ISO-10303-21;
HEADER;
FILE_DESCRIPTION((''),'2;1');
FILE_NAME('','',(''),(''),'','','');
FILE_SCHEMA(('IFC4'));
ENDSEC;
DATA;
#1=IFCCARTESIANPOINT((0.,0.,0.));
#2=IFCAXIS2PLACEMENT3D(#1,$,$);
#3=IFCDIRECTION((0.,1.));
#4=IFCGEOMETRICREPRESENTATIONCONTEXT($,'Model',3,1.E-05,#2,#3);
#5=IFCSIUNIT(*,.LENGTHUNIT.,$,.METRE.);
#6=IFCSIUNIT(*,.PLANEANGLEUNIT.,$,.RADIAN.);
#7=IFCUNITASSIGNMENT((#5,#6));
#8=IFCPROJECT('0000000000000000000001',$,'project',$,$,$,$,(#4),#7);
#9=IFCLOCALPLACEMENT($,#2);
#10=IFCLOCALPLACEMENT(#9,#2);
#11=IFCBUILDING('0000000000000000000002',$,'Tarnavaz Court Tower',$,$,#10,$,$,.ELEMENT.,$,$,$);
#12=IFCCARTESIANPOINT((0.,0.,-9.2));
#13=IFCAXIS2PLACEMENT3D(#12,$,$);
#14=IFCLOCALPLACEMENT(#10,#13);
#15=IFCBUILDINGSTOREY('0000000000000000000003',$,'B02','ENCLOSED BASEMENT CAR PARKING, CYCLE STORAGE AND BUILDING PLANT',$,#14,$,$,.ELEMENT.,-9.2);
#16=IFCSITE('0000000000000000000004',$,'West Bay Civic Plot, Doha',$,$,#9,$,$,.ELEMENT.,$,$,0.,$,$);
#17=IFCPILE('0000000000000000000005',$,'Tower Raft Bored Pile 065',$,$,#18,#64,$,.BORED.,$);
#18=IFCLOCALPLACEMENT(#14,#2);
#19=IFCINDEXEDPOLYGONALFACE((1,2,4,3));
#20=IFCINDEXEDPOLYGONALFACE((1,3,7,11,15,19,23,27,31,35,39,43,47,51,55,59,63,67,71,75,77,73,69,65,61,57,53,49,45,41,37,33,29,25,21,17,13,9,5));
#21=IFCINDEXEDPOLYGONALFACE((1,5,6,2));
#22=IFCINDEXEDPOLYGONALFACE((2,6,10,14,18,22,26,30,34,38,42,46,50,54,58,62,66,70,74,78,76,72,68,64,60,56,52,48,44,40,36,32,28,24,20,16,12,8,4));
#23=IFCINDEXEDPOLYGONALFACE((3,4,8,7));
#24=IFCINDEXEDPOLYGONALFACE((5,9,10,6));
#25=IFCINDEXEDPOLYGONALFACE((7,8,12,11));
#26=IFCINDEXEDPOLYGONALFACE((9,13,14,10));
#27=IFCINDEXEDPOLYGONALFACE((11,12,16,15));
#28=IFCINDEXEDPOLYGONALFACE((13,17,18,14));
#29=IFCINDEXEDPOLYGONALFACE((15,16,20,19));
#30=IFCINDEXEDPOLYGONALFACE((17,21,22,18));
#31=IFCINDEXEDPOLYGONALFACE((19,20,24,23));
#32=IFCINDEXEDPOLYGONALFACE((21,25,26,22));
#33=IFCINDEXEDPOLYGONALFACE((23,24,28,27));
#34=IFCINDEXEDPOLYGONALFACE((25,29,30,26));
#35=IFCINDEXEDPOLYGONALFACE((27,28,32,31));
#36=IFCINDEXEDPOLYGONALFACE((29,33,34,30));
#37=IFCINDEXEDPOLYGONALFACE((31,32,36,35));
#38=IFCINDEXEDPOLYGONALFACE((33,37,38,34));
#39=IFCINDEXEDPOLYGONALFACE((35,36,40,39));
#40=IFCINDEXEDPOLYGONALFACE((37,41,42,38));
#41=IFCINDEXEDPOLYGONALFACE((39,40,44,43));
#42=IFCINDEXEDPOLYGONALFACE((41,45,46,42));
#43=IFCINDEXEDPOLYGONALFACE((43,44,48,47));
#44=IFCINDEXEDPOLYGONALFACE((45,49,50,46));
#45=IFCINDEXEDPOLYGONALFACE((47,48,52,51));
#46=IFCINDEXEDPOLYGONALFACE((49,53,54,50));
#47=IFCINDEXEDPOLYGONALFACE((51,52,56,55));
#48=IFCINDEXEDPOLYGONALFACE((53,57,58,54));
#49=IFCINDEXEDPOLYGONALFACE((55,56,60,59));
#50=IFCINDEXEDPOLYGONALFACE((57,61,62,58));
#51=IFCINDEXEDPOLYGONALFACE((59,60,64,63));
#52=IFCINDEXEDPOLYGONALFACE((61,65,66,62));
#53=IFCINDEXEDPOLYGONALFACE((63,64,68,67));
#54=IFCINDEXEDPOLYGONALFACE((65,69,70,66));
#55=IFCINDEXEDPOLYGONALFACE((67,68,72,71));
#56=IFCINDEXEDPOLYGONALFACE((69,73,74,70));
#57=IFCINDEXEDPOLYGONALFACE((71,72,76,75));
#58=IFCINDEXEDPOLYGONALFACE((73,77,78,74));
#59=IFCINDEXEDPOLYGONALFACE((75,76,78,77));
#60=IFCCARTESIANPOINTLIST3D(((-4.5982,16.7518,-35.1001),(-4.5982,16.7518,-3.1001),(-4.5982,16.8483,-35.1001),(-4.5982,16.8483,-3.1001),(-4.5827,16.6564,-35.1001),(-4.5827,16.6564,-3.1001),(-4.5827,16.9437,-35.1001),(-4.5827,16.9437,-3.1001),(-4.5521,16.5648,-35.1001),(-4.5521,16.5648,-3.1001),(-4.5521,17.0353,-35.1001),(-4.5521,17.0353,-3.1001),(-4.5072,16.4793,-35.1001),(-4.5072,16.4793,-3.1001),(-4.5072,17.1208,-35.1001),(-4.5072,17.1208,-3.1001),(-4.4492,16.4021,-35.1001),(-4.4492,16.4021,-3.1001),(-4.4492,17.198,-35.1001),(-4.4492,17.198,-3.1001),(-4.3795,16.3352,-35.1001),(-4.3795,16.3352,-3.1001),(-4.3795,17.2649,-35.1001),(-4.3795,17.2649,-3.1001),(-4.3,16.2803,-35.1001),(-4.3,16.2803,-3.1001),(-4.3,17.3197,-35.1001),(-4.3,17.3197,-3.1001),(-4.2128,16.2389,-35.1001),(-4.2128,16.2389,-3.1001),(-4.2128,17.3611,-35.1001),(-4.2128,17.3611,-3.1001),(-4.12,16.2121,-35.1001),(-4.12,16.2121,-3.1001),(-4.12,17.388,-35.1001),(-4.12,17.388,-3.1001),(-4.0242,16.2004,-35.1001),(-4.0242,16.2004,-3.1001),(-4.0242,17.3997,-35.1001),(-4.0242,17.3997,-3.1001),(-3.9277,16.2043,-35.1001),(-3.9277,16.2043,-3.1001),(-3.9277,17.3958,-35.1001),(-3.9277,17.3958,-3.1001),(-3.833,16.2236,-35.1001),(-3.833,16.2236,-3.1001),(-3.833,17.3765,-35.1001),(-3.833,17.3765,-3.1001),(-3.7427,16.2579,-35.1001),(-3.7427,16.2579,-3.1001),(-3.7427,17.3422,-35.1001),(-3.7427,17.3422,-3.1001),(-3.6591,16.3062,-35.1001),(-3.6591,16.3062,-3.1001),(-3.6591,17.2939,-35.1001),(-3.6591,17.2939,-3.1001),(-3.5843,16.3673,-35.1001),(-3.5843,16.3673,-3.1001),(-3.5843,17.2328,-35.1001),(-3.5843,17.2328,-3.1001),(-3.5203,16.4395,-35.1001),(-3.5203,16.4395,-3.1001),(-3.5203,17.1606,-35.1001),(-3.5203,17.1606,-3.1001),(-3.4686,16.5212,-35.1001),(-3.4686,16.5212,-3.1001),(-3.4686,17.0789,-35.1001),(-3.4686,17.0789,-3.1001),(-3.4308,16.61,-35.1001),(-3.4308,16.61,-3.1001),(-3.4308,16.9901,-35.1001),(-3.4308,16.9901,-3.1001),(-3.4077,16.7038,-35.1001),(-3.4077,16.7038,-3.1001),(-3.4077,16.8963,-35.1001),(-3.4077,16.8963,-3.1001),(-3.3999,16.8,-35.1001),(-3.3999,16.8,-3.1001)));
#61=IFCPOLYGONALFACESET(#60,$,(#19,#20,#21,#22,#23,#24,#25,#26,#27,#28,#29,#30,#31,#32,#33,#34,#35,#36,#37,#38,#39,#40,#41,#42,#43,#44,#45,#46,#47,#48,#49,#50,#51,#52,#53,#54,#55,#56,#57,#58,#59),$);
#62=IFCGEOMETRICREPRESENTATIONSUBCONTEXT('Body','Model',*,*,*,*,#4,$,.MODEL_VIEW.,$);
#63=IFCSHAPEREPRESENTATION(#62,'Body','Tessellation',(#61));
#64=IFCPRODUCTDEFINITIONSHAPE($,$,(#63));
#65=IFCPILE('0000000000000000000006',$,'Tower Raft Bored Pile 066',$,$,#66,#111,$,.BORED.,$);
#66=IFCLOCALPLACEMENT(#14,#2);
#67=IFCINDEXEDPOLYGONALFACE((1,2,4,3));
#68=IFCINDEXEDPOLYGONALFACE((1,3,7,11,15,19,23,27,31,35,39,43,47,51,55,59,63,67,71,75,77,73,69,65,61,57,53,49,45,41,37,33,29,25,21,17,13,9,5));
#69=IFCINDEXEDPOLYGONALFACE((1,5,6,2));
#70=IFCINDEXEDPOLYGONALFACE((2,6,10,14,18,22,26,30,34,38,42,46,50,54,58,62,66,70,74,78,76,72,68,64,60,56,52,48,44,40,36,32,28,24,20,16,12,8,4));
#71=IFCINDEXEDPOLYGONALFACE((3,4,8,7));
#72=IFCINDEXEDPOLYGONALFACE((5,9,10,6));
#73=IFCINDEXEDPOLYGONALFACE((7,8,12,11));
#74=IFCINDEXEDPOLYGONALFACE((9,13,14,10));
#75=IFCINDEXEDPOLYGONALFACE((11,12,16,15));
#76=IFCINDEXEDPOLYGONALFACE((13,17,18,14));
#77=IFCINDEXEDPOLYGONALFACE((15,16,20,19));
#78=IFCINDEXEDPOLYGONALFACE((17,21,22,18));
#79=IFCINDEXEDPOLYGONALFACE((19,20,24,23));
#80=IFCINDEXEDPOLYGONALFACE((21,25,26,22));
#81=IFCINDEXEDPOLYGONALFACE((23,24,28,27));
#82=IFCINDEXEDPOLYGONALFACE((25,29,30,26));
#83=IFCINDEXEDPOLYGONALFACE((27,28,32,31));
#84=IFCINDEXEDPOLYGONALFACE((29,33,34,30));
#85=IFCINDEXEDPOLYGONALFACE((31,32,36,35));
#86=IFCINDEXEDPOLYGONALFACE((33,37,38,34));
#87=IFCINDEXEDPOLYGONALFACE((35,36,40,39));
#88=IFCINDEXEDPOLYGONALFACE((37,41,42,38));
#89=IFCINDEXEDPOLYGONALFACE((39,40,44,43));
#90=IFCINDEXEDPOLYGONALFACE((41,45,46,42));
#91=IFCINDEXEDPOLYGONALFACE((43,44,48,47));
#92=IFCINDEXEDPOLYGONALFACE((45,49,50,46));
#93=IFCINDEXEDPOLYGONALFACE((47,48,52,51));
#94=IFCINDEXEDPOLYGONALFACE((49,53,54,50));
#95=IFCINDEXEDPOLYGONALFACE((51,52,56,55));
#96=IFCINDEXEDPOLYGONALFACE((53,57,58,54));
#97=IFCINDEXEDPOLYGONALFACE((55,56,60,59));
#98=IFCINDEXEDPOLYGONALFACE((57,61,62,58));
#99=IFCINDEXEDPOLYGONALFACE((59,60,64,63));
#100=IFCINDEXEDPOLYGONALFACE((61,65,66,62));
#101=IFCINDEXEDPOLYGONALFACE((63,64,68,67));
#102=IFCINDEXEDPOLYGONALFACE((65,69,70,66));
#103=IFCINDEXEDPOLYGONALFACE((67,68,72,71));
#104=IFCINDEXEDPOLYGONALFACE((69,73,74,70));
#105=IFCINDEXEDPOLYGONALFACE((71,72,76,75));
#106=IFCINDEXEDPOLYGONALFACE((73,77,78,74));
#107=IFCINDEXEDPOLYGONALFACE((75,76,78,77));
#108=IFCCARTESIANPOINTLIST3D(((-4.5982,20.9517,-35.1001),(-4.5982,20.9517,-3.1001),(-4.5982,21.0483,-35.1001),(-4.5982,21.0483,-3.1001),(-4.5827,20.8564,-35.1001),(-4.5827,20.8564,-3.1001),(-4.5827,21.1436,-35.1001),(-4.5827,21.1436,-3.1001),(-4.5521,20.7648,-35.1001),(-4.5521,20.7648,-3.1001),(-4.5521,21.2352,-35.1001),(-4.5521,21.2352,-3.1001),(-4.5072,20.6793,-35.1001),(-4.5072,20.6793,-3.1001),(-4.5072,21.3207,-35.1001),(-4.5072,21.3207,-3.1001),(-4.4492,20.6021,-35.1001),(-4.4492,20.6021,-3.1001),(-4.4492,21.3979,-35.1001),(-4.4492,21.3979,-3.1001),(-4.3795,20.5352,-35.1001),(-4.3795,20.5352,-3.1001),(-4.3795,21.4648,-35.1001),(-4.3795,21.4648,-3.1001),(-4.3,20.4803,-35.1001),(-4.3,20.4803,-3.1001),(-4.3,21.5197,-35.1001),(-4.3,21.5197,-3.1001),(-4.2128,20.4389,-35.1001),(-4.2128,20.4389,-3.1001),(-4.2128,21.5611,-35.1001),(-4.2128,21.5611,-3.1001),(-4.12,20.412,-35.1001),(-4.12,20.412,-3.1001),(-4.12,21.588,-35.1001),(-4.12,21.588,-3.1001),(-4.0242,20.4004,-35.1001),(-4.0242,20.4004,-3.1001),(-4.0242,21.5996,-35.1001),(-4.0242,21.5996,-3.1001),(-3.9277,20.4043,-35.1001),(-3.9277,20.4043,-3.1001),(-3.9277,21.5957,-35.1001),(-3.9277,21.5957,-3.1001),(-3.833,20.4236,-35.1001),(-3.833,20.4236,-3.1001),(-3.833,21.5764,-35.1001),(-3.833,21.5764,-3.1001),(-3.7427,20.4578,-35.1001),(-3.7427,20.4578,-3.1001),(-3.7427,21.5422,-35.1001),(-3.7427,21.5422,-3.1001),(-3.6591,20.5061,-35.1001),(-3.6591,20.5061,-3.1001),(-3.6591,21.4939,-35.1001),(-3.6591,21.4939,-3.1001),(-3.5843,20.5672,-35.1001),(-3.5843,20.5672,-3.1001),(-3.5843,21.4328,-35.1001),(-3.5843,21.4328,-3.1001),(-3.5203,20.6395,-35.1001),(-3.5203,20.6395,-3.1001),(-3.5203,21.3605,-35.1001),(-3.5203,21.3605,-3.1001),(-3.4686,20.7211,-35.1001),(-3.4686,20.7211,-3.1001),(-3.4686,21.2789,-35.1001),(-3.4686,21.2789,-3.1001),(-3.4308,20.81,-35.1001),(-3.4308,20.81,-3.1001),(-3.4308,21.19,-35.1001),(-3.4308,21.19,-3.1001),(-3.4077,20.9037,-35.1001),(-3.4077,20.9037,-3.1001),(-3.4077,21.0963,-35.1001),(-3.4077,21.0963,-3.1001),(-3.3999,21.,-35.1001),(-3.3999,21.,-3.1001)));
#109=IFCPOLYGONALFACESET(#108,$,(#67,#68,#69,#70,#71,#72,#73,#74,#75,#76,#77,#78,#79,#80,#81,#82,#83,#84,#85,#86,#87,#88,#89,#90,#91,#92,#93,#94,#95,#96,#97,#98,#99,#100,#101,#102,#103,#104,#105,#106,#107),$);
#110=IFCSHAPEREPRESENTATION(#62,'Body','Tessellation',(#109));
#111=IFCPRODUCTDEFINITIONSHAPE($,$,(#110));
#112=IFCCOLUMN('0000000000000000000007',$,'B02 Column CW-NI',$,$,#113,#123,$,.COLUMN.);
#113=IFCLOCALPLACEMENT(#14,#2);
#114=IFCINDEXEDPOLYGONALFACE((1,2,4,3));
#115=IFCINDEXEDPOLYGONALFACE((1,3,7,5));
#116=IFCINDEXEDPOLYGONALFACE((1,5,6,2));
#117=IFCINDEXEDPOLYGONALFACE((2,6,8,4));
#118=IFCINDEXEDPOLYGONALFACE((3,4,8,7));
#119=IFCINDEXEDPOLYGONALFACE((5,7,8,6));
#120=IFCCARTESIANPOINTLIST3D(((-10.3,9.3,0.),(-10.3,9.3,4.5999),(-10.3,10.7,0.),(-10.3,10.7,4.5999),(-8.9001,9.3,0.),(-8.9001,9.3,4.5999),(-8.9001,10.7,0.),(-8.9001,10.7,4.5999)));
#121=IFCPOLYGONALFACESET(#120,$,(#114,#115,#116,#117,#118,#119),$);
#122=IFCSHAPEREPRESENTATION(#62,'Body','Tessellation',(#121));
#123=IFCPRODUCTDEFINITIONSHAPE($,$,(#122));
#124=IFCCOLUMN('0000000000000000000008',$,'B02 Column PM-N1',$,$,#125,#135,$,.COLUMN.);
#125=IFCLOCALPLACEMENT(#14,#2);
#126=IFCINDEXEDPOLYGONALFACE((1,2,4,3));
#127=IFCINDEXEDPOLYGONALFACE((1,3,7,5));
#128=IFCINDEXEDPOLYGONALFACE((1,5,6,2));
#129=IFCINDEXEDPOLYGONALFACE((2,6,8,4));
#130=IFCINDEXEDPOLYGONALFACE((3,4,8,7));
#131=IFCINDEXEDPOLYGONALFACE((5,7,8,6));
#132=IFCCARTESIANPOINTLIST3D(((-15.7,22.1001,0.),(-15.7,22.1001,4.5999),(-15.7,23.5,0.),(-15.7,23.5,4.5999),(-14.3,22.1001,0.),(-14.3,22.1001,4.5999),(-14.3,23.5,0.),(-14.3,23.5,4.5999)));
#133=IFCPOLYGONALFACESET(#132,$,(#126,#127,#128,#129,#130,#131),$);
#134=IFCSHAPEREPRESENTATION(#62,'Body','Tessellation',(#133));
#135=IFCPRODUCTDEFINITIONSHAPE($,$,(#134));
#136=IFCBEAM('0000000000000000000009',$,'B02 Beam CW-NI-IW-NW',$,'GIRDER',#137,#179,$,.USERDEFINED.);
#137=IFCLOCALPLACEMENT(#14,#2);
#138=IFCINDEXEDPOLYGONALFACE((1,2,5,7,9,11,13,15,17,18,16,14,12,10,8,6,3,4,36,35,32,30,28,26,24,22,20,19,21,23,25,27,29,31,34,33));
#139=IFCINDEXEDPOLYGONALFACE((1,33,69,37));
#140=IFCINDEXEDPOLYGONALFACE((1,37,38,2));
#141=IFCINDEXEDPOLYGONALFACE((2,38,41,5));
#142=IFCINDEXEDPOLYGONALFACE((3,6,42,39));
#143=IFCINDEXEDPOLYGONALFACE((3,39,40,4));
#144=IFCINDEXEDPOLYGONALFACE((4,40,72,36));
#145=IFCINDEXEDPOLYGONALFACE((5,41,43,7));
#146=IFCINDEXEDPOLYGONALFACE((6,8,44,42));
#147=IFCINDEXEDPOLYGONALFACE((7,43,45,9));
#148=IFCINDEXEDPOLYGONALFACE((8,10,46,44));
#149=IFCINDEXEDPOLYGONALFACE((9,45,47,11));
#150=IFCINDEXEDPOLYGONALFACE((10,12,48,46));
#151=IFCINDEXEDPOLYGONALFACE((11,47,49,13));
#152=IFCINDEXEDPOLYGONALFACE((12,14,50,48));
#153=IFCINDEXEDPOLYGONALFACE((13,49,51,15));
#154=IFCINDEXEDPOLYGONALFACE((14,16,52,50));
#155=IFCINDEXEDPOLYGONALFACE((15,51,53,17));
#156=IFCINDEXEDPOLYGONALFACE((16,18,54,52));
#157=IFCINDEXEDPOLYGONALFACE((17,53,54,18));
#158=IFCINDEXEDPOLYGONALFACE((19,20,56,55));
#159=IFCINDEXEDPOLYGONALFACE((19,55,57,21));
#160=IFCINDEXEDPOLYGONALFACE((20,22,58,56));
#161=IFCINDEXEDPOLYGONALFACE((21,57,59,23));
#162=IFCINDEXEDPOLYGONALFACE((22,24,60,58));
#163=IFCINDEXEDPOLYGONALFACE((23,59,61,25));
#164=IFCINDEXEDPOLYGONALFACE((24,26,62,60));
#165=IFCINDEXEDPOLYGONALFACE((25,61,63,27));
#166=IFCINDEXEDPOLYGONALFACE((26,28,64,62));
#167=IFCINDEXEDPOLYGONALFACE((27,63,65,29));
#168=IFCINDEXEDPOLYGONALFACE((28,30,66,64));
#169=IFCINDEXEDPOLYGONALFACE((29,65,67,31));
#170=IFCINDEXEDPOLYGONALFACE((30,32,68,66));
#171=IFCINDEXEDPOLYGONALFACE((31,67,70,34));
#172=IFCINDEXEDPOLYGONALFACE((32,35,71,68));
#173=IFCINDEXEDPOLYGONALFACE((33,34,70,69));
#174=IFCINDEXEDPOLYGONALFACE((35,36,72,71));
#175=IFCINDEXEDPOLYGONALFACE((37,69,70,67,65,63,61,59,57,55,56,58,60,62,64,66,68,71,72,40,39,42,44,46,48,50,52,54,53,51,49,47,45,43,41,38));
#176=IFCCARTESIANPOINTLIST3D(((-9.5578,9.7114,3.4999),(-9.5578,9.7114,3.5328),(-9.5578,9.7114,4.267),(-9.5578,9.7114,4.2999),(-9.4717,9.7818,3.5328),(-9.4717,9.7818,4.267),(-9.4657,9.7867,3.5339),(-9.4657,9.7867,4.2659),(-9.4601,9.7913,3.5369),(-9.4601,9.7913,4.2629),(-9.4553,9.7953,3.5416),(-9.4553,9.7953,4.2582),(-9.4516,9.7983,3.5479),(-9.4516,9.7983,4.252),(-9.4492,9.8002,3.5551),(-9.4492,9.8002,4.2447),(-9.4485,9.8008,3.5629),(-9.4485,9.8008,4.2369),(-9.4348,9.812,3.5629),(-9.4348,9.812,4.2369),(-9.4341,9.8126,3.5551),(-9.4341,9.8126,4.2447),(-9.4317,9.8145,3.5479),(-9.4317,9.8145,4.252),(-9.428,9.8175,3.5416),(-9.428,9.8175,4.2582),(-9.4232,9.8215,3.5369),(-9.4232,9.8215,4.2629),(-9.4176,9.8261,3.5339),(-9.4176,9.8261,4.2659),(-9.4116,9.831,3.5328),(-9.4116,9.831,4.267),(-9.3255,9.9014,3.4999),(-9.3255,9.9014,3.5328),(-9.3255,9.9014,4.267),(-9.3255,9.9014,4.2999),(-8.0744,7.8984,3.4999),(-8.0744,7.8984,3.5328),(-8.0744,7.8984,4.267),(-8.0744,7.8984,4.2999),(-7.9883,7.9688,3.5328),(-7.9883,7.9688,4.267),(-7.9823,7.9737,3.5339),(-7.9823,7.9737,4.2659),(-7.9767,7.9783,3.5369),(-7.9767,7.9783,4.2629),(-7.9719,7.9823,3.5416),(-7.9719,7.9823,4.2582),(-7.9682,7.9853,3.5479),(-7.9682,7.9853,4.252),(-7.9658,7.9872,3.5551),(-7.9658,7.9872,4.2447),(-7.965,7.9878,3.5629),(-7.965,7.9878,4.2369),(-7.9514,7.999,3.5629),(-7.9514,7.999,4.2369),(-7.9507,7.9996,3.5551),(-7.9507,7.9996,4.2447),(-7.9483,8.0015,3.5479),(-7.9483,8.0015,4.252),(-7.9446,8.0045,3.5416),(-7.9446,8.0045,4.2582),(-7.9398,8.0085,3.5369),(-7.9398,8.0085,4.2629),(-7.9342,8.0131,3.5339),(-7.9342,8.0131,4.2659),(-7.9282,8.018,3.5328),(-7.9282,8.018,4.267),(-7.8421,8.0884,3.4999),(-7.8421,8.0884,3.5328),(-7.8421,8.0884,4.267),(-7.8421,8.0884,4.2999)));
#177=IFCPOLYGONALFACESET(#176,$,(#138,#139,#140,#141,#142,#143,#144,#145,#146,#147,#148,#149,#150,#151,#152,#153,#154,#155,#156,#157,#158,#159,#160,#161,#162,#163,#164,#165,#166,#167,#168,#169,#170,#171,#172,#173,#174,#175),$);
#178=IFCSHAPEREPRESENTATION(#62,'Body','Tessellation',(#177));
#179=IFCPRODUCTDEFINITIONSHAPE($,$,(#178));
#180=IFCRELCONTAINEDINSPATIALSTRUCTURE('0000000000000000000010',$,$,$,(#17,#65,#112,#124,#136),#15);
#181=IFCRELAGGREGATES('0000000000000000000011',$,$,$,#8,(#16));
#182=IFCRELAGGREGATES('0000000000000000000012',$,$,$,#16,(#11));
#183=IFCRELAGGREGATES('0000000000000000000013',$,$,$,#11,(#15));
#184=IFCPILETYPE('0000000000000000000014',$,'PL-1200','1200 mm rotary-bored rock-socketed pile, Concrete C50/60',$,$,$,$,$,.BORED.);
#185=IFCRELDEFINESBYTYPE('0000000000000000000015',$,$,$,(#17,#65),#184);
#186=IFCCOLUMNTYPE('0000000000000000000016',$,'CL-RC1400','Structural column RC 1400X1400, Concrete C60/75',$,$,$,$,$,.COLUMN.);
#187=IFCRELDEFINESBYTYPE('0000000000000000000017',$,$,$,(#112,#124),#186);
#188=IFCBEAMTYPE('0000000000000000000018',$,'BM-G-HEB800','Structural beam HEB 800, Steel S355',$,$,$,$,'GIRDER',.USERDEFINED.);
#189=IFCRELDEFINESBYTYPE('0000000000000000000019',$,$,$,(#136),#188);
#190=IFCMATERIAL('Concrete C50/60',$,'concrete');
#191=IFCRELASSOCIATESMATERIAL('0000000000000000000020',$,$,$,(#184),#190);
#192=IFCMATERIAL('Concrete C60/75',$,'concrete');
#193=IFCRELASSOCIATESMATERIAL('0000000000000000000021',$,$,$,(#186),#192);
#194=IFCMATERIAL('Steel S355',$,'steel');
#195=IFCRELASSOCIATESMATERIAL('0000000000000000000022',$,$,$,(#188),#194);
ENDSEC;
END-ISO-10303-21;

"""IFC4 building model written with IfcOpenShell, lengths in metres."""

from ifc_helpers import new_model, si_unit, direction, frame, origin, origin_2d, place, context, subcontext, project, spatial, rectangle, circle, i_section, extrude, material, material_profile, profile_set, type_object, element, save


model = new_model("IFC4")

# Units and contexts
model_context = context("Model", 3, precision=1e-05, world=origin(), true_north=direction((0.0, 1.0)))
body_context = subcontext(model_context, "Body", "Model", "MODEL_VIEW")
ifc_project = project(units=[si_unit("LENGTHUNIT", "METRE"), si_unit("PLANEANGLEUNIT", "RADIAN")], contexts=[model_context])

# Site, building, storey
site_placement = place(None, origin())
site = spatial("IfcSite", under=ifc_project, at=site_placement, Name="West Bay Civic Plot, Doha", CompositionType="ELEMENT", RefElevation=0.0)
building_placement = place(site_placement, origin())
building = spatial("IfcBuilding", under=site, at=building_placement, Name="Tarnavaz Court Tower", CompositionType="ELEMENT")
storey_placement = place(building_placement, frame((0.0, 0.0, -9.2)))
storey = spatial("IfcBuildingStorey", under=building, at=storey_placement, Name="B02", Description="ENCLOSED BASEMENT CAR PARKING, CYCLE STORAGE AND BUILDING PLANT", CompositionType="ELEMENT", Elevation=-9.2)

# Shared definitions
ifc_material_1 = material(Name="Concrete C50/60", Category="concrete")

# Piles
ifc_material_profile_1 = material_profile(ifc_material_1, circle(Radius=0.6001, at=origin_2d()), Name="PILE D1200")
ifc_profile_set_1 = profile_set([ifc_material_profile_1], Name="Concrete C50/60")
pile_type_1 = type_object("IfcPileType", Name="PL-1200", Description="1200 mm rotary-bored rock-socketed pile, Concrete C50/60", PredefinedType="BORED", material=ifc_profile_set_1)
for number, where, z_axis, x_axis, name in (
    (1, (-4.0, 16.8, -3.1001), (0.0, 0.0, -1.0), (1.0, 0.0, 0.0), "Tower Raft Bored Pile 065"),
    (2, (-4.0, 21.0, -3.1001), (0.0, 0.0, -1.0), (1.0, 0.0, 0.0), "Tower Raft Bored Pile 066"),
):
    element("IfcPile", number, at=place(storey_placement, frame(where, z_axis=z_axis, x_axis=x_axis)), inside=storey, type_object=pile_type_1, Name=name, PredefinedType="BORED", context=body_context, shape_type="SweptSolid", body=[
        extrude(circle(Radius=0.6001, at=origin_2d()), origin(), (0.0, 0.0, 1.0), 32.0),
    ])

# Columns
ifc_material_2 = material(Name="Concrete C60/75", Category="concrete")
ifc_material_profile_2 = material_profile(ifc_material_2, rectangle(XDim=1.3999, YDim=1.3999, at=origin_2d()), Name="RC 1400X1400")
ifc_profile_set_2 = profile_set([ifc_material_profile_2], Name="Concrete C60/75")
column_type = type_object("IfcColumnType", Name="CL-RC1400", Description="Structural column RC 1400X1400, Concrete C60/75", PredefinedType="COLUMN", material=ifc_profile_set_2)
for number, where, z_axis, x_axis, name in (
    (3, (-9.6001, 10.0, 0.0), (0.0, 0.0, 1.0), (1.0, 0.0, 0.0), "B02 Column CW-NI"),
    (4, (-15.0, 22.8, 0.0), (0.0, 0.0, 1.0), (1.0, 0.0, 0.0), "B02 Column PM-N1"),
):
    element("IfcColumn", number, at=place(storey_placement, frame(where, z_axis=z_axis, x_axis=x_axis)), inside=storey, type_object=column_type, Name=name, PredefinedType="COLUMN", context=body_context, shape_type="SweptSolid", body=[
        extrude(rectangle(XDim=1.3999, YDim=1.3999, at=origin_2d()), origin(), (0.0, 0.0, 1.0), 4.5999),
    ])

# Beam
ifc_material_3 = material(Name="Steel S355", Category="steel")
ifc_material_profile_3 = material_profile(ifc_material_3, i_section(OverallWidth=0.3, OverallDepth=0.8, WebThickness=0.0176, FlangeThickness=0.033, FilletRadius=0.03, at=origin_2d()), Name="HEB 800")
ifc_profile_set_3 = profile_set([ifc_material_profile_3], Name="Steel S355")
beam_type_1 = type_object("IfcBeamType", Name="BM-G-HEB800", Description="Structural beam HEB 800, Steel S355", ElementType="GIRDER", PredefinedType="USERDEFINED", material=ifc_profile_set_3)
beam_1_placement = place(storey_placement, frame((-9.4417, 9.8064, 3.8999), z_axis=(0.633249, -0.773948, 0.0), x_axis=(0.773948, 0.633249, 0.0)))
element("IfcBeam", 5, at=beam_1_placement, inside=storey, type_object=beam_type_1, Name="B02 Beam CW-NI-IW-NW", ObjectType="GIRDER", PredefinedType="USERDEFINED", context=body_context, shape_type="SweptSolid", body=[
    extrude(i_section(OverallWidth=0.3, OverallDepth=0.8, WebThickness=0.0176, FlangeThickness=0.033, FilletRadius=0.03, at=origin_2d()), origin(), (0.0, 0.0, 1.0), 2.3425),
])

save(model, "model.ifc")
